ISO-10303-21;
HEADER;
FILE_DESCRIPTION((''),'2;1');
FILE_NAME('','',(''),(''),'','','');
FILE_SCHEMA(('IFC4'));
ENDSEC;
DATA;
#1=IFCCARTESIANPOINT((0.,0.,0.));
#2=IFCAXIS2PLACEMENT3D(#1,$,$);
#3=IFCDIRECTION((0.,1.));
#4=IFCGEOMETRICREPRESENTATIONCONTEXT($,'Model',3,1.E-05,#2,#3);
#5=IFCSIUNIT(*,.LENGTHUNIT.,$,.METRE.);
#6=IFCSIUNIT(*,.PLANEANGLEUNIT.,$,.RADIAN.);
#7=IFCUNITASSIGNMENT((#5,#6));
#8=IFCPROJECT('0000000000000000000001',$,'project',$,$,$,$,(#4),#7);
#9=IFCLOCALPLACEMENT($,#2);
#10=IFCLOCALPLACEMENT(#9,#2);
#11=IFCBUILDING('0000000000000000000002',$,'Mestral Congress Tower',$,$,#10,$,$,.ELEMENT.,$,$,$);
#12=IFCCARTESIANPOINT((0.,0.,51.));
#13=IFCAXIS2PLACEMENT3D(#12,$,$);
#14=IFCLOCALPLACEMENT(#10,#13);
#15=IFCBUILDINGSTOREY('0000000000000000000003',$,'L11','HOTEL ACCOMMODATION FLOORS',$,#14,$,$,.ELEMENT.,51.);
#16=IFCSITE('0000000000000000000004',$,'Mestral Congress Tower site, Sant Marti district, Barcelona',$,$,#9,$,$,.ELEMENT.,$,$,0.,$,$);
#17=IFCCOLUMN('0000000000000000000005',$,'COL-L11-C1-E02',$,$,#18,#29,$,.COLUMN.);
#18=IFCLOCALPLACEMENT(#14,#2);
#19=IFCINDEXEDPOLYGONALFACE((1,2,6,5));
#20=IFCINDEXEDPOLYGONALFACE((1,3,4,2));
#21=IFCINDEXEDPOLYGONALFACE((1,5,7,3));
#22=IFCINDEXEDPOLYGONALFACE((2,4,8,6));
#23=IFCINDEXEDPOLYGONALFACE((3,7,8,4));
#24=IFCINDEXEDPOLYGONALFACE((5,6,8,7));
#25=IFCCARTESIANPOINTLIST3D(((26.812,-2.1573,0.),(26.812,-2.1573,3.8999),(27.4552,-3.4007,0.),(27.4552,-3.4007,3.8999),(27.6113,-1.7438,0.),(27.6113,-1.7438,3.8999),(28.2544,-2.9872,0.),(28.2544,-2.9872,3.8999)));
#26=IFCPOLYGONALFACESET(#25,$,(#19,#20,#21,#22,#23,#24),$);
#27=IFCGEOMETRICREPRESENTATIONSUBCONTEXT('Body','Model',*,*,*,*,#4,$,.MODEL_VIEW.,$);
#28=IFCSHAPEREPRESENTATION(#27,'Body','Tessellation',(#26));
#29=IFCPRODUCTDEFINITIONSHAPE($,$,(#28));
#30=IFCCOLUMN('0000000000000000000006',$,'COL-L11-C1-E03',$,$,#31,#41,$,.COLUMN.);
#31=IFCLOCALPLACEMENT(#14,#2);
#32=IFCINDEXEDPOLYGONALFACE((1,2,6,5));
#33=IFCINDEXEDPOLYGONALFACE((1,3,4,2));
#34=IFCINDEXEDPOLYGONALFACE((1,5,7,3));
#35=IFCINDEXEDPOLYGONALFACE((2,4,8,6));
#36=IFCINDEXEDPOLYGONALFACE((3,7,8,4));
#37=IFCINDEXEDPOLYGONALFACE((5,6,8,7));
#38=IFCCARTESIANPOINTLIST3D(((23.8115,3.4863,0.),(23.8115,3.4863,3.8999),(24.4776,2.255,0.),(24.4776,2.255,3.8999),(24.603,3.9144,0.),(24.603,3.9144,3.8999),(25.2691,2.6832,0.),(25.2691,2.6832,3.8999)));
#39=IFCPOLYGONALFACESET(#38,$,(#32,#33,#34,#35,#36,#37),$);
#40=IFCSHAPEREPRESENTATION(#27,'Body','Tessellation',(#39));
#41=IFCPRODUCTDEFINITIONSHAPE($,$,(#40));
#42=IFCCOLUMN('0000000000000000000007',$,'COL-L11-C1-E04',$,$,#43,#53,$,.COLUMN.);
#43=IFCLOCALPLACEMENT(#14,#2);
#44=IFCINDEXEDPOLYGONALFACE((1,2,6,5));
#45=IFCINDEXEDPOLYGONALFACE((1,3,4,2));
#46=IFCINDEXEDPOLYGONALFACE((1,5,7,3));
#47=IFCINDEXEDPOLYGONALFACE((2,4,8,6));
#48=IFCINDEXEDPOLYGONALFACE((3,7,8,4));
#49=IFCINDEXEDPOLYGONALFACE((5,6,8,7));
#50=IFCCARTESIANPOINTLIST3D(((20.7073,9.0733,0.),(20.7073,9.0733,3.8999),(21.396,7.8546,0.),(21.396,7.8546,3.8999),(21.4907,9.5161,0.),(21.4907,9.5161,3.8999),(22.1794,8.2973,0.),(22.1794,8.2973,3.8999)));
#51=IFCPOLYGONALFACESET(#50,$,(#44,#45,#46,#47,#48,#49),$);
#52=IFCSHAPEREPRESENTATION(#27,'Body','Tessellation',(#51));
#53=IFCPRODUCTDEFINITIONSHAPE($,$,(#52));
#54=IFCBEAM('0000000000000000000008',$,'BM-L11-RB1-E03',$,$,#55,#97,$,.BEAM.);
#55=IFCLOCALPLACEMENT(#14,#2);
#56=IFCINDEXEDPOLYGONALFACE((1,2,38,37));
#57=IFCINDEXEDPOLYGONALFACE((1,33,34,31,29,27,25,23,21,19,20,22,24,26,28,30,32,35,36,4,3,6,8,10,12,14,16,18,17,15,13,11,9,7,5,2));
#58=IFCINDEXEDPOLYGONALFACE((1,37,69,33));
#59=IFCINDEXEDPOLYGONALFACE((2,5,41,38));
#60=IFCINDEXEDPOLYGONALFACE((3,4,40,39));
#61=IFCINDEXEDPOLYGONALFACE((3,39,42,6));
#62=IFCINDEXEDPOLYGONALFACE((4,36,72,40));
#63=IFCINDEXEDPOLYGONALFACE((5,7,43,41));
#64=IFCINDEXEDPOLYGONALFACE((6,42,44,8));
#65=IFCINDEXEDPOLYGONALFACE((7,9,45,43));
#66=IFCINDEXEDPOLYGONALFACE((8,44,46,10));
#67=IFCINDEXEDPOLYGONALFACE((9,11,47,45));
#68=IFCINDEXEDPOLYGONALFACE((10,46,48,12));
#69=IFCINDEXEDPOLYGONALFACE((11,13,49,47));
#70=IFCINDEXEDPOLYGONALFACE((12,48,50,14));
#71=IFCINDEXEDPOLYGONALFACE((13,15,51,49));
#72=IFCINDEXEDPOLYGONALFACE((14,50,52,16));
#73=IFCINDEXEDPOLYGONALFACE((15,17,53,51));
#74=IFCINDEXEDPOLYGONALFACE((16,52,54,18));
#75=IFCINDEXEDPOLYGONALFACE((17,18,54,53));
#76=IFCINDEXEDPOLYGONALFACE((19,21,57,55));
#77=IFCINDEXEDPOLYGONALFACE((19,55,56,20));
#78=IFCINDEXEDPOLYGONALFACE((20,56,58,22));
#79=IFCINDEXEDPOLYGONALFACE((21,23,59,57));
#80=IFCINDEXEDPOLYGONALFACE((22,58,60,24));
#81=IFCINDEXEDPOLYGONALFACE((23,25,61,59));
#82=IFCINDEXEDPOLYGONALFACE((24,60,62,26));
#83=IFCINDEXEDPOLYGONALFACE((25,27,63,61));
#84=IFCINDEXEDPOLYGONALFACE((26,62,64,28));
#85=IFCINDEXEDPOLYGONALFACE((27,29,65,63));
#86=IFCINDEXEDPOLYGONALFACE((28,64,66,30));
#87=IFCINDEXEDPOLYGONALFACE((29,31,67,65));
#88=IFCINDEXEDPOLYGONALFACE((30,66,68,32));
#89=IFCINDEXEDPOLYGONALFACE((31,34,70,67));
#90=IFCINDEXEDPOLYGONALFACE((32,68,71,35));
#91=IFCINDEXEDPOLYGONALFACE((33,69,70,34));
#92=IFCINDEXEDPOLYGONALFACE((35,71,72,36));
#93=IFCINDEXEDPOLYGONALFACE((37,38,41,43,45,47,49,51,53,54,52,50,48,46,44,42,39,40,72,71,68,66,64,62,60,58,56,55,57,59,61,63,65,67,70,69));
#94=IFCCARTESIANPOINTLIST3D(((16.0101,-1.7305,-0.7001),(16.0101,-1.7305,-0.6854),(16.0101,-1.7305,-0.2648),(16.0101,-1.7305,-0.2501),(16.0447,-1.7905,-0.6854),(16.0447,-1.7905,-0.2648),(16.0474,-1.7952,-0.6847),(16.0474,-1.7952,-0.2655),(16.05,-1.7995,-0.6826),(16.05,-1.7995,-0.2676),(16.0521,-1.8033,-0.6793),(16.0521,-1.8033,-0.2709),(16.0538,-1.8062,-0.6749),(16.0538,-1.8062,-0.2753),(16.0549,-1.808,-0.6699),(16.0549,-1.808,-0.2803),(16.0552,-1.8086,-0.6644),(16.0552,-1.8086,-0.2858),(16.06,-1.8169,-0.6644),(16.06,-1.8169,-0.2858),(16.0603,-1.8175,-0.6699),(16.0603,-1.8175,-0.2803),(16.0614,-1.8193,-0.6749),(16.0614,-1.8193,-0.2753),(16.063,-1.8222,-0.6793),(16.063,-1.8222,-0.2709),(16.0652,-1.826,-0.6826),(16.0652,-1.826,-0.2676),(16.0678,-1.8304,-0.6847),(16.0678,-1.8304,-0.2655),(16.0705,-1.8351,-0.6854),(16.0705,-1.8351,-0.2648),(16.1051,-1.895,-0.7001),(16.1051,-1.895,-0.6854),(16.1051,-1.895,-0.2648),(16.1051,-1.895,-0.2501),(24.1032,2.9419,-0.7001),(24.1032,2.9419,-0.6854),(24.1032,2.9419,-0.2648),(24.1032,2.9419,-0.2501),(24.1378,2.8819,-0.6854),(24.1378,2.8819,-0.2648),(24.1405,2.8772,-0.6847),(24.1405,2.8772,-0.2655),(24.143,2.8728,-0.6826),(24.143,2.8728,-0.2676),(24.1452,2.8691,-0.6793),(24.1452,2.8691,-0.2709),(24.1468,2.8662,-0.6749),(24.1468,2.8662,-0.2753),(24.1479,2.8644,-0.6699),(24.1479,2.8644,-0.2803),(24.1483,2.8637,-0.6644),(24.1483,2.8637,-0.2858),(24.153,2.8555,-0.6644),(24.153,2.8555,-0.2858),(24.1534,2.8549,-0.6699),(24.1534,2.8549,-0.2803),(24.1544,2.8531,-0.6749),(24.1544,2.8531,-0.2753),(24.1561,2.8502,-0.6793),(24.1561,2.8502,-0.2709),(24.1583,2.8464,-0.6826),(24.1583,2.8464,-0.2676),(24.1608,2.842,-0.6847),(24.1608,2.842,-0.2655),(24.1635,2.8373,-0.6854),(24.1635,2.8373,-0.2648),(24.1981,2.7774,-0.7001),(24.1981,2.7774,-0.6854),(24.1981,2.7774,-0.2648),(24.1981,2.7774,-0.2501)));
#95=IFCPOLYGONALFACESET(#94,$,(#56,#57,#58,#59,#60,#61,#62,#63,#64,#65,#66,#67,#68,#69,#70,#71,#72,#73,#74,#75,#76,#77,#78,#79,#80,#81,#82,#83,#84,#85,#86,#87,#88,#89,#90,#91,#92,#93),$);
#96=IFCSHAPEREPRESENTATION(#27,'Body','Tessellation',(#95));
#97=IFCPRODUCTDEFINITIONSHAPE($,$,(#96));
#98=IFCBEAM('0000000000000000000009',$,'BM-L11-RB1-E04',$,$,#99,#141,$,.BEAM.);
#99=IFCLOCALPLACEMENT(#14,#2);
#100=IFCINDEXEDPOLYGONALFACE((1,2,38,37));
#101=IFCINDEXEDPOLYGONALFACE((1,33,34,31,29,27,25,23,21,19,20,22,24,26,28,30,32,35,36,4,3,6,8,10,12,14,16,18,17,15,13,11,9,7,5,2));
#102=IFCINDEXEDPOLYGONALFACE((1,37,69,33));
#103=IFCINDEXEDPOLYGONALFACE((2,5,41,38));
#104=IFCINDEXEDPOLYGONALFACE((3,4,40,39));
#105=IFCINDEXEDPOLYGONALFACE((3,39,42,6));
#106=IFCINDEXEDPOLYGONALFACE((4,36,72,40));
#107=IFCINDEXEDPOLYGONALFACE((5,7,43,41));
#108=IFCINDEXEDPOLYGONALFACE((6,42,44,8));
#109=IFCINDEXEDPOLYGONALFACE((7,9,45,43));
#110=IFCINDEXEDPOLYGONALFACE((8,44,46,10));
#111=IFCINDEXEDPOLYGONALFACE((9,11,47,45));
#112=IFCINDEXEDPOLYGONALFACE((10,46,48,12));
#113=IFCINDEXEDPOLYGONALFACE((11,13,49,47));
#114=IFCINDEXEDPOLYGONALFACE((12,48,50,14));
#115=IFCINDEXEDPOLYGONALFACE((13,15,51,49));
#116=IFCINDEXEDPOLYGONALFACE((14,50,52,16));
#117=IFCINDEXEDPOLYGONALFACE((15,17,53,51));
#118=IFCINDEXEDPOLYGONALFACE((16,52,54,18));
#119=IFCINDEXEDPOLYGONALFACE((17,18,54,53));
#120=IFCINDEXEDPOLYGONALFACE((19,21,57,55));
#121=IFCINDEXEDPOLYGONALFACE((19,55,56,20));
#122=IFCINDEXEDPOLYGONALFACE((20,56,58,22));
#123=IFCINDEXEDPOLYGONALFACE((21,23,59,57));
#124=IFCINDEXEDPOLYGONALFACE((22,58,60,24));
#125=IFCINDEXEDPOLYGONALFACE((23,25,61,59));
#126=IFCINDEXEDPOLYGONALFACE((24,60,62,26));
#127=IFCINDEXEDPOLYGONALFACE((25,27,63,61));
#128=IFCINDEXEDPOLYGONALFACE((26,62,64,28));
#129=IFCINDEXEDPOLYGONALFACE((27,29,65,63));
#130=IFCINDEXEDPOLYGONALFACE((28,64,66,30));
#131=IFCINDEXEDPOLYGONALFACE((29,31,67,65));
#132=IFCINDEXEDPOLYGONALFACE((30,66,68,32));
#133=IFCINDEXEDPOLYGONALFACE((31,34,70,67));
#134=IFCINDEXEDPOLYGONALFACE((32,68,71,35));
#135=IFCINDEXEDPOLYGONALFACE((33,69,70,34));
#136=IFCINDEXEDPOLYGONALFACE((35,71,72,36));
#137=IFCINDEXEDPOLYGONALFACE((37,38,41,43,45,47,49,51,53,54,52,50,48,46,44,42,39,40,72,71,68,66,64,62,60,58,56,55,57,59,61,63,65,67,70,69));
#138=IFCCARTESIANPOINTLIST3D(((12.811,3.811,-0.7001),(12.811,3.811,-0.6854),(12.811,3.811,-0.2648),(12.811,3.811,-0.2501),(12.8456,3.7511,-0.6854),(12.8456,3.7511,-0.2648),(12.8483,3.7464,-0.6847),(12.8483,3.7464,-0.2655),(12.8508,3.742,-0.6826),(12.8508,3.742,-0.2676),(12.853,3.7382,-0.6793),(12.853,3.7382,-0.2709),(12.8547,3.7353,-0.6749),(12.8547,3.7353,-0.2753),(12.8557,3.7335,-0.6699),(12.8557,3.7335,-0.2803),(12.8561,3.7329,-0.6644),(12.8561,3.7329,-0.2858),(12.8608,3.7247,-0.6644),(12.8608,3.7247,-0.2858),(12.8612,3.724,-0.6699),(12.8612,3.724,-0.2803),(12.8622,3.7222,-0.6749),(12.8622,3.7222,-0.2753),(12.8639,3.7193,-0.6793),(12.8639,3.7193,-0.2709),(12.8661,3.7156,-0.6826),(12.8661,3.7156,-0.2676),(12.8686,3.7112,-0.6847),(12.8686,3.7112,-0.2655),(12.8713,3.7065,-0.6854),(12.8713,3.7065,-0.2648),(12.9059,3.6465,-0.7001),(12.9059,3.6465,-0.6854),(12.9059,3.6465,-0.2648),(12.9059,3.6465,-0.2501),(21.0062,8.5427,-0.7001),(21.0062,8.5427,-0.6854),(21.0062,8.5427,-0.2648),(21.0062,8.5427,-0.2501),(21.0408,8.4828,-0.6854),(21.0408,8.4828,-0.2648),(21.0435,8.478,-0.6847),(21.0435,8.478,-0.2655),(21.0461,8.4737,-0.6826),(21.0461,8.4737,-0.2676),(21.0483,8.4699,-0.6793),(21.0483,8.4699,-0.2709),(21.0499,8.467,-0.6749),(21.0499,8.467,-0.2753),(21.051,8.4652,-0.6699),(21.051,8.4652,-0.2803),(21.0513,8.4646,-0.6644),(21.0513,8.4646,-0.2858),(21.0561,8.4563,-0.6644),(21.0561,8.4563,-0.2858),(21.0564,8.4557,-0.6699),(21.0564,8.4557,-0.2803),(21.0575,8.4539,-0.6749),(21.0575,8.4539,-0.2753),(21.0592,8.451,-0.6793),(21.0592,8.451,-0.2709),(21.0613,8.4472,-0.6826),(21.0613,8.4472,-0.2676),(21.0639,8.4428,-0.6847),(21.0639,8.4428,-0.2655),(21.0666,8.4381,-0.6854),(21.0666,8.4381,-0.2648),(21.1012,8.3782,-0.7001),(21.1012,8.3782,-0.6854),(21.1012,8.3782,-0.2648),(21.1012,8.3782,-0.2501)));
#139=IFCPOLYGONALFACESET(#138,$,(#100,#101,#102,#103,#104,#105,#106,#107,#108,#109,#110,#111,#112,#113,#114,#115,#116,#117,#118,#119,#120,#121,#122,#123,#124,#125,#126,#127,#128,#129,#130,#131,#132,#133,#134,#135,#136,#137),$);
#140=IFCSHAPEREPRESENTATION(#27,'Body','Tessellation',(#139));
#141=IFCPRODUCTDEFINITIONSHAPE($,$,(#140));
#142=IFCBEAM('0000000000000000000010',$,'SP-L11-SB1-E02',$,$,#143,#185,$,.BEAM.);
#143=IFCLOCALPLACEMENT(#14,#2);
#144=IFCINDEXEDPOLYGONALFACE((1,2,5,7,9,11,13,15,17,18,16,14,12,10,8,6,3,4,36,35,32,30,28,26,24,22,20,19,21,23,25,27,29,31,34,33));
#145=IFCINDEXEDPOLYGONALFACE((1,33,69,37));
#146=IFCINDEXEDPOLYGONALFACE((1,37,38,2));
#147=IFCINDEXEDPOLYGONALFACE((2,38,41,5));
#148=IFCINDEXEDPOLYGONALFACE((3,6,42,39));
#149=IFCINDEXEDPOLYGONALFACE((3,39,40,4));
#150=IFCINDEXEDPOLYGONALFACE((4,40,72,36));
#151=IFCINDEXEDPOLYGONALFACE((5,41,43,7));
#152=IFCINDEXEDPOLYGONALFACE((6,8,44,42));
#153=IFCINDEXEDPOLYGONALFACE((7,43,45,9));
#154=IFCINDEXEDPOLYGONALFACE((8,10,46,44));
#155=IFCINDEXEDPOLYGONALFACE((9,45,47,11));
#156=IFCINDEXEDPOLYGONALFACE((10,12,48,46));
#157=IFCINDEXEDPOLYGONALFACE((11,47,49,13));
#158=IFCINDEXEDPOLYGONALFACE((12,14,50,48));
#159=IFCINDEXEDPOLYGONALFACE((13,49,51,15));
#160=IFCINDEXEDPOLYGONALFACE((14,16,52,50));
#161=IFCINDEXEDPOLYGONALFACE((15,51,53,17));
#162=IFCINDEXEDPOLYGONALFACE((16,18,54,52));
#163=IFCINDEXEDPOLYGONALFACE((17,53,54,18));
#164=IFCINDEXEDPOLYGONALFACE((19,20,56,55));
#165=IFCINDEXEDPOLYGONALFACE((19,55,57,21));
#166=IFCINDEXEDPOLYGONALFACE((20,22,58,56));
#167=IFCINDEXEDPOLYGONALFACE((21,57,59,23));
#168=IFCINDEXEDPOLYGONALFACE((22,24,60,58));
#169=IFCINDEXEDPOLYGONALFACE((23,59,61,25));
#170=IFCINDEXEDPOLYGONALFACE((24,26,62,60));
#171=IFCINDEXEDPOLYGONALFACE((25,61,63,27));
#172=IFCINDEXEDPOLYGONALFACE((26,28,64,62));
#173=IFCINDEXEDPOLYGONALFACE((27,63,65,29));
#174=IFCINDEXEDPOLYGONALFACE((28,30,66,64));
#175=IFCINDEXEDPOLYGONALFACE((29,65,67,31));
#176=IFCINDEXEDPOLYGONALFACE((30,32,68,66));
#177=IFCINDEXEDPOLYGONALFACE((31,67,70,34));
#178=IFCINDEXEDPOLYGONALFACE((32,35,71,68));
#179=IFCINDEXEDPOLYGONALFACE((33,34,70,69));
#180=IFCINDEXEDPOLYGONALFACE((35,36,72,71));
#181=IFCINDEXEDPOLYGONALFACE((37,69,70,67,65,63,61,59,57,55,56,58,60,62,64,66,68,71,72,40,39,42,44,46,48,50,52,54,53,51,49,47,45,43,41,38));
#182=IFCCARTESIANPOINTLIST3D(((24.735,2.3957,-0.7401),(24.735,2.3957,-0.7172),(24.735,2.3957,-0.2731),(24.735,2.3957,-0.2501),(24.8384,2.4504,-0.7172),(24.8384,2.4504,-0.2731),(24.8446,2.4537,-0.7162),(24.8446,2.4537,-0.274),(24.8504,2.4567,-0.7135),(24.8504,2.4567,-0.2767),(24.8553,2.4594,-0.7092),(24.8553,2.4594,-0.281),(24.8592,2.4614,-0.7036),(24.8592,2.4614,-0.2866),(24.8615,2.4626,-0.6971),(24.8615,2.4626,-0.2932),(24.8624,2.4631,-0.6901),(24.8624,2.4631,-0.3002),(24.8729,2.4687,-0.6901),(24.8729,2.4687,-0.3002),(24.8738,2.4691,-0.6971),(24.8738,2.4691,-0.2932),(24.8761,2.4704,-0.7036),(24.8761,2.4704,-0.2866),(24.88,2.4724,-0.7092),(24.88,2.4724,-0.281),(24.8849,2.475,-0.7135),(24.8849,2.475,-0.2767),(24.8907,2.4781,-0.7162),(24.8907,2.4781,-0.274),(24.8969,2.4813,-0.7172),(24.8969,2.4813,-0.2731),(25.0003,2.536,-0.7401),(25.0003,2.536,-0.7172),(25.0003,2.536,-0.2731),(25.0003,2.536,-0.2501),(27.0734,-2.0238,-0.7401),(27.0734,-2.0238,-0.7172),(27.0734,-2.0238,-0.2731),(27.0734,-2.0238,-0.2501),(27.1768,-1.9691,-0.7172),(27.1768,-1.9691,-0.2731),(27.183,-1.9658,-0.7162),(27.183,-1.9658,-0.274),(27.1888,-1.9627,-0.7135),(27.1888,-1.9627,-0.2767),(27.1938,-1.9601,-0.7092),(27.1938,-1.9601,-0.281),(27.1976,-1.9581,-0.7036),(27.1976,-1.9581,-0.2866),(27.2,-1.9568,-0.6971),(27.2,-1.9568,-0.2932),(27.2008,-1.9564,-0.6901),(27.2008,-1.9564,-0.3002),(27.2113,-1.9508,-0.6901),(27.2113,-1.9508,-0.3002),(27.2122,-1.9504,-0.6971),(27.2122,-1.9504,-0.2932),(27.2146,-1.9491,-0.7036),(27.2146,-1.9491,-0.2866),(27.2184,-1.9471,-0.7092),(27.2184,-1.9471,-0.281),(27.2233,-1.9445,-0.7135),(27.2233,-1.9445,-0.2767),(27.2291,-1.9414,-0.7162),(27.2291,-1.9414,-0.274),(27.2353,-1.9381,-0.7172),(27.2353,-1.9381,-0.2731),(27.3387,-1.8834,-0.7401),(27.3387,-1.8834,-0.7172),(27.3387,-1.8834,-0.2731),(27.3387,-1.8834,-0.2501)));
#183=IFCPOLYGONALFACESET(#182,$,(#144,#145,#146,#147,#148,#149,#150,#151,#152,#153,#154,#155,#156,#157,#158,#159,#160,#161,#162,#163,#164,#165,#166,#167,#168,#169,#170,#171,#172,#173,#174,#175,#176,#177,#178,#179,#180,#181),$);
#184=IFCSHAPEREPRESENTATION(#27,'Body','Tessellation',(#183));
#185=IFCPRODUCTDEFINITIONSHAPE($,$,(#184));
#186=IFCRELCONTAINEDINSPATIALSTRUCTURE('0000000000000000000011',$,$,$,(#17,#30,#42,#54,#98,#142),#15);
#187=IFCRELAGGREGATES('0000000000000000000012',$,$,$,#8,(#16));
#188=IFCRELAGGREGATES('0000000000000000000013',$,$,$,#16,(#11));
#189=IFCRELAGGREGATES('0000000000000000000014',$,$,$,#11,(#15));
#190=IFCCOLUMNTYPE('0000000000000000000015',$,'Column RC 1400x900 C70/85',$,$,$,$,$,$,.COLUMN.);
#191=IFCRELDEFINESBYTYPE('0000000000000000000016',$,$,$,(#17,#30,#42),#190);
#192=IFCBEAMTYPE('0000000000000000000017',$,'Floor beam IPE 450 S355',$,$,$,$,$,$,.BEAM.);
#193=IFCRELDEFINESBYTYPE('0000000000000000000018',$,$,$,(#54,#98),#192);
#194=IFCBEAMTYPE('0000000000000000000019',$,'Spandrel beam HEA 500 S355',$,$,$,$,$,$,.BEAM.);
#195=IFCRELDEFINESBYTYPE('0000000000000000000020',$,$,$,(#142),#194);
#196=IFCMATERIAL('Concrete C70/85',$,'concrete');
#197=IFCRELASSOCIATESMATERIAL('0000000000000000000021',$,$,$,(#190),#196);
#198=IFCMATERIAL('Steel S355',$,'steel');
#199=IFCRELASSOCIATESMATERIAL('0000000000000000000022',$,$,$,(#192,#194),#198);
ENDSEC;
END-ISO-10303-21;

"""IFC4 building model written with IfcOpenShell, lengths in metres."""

from ifc_helpers import new_model, si_unit, direction, frame, origin, origin_2d, place, context, subcontext, project, spatial, rectangle, i_section, extrude, material, material_profile, profile_set, type_object, element, save


model = new_model("IFC4")

# Units and contexts
model_context = context("Model", 3, precision=1e-05, world=origin(), true_north=direction((0.0, 1.0)))
body_context = subcontext(model_context, "Body", "Model", "MODEL_VIEW")
ifc_project = project(units=[si_unit("LENGTHUNIT", "METRE"), si_unit("PLANEANGLEUNIT", "RADIAN")], contexts=[model_context])

# Site, building, storey
site_placement = place(None, origin())
site = spatial("IfcSite", under=ifc_project, at=site_placement, Name="Mestral Congress Tower site, Sant Marti district, Barcelona", CompositionType="ELEMENT", RefElevation=0.0)
building_placement = place(site_placement, origin())
building = spatial("IfcBuilding", under=site, at=building_placement, Name="Mestral Congress Tower", CompositionType="ELEMENT")
storey_placement = place(building_placement, frame((0.0, 0.0, 51.0)))
storey = spatial("IfcBuildingStorey", under=building, at=storey_placement, Name="L11", Description="HOTEL ACCOMMODATION FLOORS", CompositionType="ELEMENT", Elevation=51.0)

# Columns
ifc_material_1 = material(Name="Concrete C70/85", Category="concrete")
ifc_material_profile_1 = material_profile(ifc_material_1, rectangle(XDim=1.3999, YDim=0.8999, at=origin_2d()), Name="RC 1400x900")
ifc_profile_set_1 = profile_set([ifc_material_profile_1], Name="Concrete C70/85")
column_type = type_object("IfcColumnType", Name="Column RC 1400x900 C70/85", PredefinedType="COLUMN", material=ifc_profile_set_1)
for number, where, z_axis, x_axis, name in (
    (1, (27.5332, -2.5723, 0.0), (0.0, 0.0, 1.0), (-0.459456, 0.888201, 0.0), "COL-L11-C1-E02"),
    (2, (24.5403, 3.0847, 0.0), (0.0, 0.0, 1.0), (-0.475796, 0.879556, 0.0), "COL-L11-C1-E03"),
    (3, (21.4434, 8.6853, 0.0), (0.0, 0.0, 1.0), (-0.491974, 0.87061, 0.0), "COL-L11-C1-E04"),
):
    element("IfcColumn", number, at=place(storey_placement, frame(where, z_axis=z_axis, x_axis=x_axis)), inside=storey, type_object=column_type, Name=name, PredefinedType="COLUMN", context=body_context, shape_type="SweptSolid", body=[
        extrude(rectangle(XDim=1.3999, YDim=0.8999, at=origin_2d()), origin(), (0.0, 0.0, 1.0), 3.8999),
    ])

# Beams
ifc_material_2 = material(Name="Steel S355", Category="steel")
ifc_material_profile_2 = material_profile(ifc_material_2, i_section(OverallWidth=0.1899, OverallDepth=0.45, WebThickness=0.0095, FlangeThickness=0.0146, FilletRadius=0.021, at=origin_2d()), Name="IPE 450")
ifc_profile_set_2 = profile_set([ifc_material_profile_2], Name="Steel S355")
beam_type_1 = type_object("IfcBeamType", Name="Floor beam IPE 450 S355", PredefinedType="BEAM", material=ifc_profile_set_2)
beam_1_placement = place(storey_placement, frame((24.1506, 2.8596, -0.4751), z_axis=(-0.866032, -0.499989, 0.0), x_axis=(0.499989, -0.866032, 0.0)))
element("IfcBeam", 4, at=beam_1_placement, inside=storey, type_object=beam_type_1, Name="BM-L11-RB1-E03", PredefinedType="BEAM", context=body_context, shape_type="SweptSolid", body=[
    extrude(i_section(OverallWidth=0.1899, OverallDepth=0.45, WebThickness=0.0095, FlangeThickness=0.0146, FilletRadius=0.021, at=origin_2d()), origin(), (0.0, 0.0, 1.0), 9.345),
])
beam_2_placement = place(storey_placement, frame((21.0537, 8.4604, -0.4751), z_axis=(-0.86602, -0.50001, 0.0), x_axis=(0.50001, -0.86602, 0.0)))
element("IfcBeam", 5, at=beam_2_placement, inside=storey, type_object=beam_type_1, Name="BM-L11-RB1-E04", PredefinedType="BEAM", context=body_context, shape_type="SweptSolid", body=[
    extrude(i_section(OverallWidth=0.1899, OverallDepth=0.45, WebThickness=0.0095, FlangeThickness=0.0146, FilletRadius=0.021, at=origin_2d()), origin(), (0.0, 0.0, 1.0), 9.4631),
])
ifc_material_profile_3 = material_profile(ifc_material_2, i_section(OverallWidth=0.3, OverallDepth=0.49, WebThickness=0.012, FlangeThickness=0.0229, FilletRadius=0.0271, at=origin_2d()), Name="HEA 500")
ifc_profile_set_3 = profile_set([ifc_material_profile_3], Name="Steel S355")
beam_type_2 = type_object("IfcBeamType", Name="Spandrel beam HEA 500 S355", PredefinedType="BEAM", material=ifc_profile_set_3)
beam_3_placement = place(storey_placement, frame((27.2061, -1.9536, -0.4951), z_axis=(-0.467681, 0.883897, 0.0), x_axis=(-0.883897, -0.467681, 0.0)))
element("IfcBeam", 6, at=beam_3_placement, inside=storey, type_object=beam_type_2, Name="SP-L11-SB1-E02", PredefinedType="BEAM", context=body_context, shape_type="SweptSolid", body=[
    extrude(i_section(OverallWidth=0.3, OverallDepth=0.49, WebThickness=0.012, FlangeThickness=0.0229, FilletRadius=0.0271, at=origin_2d()), origin(), (0.0, 0.0, 1.0), 5.0),
])

save(model, "model.ifc")
